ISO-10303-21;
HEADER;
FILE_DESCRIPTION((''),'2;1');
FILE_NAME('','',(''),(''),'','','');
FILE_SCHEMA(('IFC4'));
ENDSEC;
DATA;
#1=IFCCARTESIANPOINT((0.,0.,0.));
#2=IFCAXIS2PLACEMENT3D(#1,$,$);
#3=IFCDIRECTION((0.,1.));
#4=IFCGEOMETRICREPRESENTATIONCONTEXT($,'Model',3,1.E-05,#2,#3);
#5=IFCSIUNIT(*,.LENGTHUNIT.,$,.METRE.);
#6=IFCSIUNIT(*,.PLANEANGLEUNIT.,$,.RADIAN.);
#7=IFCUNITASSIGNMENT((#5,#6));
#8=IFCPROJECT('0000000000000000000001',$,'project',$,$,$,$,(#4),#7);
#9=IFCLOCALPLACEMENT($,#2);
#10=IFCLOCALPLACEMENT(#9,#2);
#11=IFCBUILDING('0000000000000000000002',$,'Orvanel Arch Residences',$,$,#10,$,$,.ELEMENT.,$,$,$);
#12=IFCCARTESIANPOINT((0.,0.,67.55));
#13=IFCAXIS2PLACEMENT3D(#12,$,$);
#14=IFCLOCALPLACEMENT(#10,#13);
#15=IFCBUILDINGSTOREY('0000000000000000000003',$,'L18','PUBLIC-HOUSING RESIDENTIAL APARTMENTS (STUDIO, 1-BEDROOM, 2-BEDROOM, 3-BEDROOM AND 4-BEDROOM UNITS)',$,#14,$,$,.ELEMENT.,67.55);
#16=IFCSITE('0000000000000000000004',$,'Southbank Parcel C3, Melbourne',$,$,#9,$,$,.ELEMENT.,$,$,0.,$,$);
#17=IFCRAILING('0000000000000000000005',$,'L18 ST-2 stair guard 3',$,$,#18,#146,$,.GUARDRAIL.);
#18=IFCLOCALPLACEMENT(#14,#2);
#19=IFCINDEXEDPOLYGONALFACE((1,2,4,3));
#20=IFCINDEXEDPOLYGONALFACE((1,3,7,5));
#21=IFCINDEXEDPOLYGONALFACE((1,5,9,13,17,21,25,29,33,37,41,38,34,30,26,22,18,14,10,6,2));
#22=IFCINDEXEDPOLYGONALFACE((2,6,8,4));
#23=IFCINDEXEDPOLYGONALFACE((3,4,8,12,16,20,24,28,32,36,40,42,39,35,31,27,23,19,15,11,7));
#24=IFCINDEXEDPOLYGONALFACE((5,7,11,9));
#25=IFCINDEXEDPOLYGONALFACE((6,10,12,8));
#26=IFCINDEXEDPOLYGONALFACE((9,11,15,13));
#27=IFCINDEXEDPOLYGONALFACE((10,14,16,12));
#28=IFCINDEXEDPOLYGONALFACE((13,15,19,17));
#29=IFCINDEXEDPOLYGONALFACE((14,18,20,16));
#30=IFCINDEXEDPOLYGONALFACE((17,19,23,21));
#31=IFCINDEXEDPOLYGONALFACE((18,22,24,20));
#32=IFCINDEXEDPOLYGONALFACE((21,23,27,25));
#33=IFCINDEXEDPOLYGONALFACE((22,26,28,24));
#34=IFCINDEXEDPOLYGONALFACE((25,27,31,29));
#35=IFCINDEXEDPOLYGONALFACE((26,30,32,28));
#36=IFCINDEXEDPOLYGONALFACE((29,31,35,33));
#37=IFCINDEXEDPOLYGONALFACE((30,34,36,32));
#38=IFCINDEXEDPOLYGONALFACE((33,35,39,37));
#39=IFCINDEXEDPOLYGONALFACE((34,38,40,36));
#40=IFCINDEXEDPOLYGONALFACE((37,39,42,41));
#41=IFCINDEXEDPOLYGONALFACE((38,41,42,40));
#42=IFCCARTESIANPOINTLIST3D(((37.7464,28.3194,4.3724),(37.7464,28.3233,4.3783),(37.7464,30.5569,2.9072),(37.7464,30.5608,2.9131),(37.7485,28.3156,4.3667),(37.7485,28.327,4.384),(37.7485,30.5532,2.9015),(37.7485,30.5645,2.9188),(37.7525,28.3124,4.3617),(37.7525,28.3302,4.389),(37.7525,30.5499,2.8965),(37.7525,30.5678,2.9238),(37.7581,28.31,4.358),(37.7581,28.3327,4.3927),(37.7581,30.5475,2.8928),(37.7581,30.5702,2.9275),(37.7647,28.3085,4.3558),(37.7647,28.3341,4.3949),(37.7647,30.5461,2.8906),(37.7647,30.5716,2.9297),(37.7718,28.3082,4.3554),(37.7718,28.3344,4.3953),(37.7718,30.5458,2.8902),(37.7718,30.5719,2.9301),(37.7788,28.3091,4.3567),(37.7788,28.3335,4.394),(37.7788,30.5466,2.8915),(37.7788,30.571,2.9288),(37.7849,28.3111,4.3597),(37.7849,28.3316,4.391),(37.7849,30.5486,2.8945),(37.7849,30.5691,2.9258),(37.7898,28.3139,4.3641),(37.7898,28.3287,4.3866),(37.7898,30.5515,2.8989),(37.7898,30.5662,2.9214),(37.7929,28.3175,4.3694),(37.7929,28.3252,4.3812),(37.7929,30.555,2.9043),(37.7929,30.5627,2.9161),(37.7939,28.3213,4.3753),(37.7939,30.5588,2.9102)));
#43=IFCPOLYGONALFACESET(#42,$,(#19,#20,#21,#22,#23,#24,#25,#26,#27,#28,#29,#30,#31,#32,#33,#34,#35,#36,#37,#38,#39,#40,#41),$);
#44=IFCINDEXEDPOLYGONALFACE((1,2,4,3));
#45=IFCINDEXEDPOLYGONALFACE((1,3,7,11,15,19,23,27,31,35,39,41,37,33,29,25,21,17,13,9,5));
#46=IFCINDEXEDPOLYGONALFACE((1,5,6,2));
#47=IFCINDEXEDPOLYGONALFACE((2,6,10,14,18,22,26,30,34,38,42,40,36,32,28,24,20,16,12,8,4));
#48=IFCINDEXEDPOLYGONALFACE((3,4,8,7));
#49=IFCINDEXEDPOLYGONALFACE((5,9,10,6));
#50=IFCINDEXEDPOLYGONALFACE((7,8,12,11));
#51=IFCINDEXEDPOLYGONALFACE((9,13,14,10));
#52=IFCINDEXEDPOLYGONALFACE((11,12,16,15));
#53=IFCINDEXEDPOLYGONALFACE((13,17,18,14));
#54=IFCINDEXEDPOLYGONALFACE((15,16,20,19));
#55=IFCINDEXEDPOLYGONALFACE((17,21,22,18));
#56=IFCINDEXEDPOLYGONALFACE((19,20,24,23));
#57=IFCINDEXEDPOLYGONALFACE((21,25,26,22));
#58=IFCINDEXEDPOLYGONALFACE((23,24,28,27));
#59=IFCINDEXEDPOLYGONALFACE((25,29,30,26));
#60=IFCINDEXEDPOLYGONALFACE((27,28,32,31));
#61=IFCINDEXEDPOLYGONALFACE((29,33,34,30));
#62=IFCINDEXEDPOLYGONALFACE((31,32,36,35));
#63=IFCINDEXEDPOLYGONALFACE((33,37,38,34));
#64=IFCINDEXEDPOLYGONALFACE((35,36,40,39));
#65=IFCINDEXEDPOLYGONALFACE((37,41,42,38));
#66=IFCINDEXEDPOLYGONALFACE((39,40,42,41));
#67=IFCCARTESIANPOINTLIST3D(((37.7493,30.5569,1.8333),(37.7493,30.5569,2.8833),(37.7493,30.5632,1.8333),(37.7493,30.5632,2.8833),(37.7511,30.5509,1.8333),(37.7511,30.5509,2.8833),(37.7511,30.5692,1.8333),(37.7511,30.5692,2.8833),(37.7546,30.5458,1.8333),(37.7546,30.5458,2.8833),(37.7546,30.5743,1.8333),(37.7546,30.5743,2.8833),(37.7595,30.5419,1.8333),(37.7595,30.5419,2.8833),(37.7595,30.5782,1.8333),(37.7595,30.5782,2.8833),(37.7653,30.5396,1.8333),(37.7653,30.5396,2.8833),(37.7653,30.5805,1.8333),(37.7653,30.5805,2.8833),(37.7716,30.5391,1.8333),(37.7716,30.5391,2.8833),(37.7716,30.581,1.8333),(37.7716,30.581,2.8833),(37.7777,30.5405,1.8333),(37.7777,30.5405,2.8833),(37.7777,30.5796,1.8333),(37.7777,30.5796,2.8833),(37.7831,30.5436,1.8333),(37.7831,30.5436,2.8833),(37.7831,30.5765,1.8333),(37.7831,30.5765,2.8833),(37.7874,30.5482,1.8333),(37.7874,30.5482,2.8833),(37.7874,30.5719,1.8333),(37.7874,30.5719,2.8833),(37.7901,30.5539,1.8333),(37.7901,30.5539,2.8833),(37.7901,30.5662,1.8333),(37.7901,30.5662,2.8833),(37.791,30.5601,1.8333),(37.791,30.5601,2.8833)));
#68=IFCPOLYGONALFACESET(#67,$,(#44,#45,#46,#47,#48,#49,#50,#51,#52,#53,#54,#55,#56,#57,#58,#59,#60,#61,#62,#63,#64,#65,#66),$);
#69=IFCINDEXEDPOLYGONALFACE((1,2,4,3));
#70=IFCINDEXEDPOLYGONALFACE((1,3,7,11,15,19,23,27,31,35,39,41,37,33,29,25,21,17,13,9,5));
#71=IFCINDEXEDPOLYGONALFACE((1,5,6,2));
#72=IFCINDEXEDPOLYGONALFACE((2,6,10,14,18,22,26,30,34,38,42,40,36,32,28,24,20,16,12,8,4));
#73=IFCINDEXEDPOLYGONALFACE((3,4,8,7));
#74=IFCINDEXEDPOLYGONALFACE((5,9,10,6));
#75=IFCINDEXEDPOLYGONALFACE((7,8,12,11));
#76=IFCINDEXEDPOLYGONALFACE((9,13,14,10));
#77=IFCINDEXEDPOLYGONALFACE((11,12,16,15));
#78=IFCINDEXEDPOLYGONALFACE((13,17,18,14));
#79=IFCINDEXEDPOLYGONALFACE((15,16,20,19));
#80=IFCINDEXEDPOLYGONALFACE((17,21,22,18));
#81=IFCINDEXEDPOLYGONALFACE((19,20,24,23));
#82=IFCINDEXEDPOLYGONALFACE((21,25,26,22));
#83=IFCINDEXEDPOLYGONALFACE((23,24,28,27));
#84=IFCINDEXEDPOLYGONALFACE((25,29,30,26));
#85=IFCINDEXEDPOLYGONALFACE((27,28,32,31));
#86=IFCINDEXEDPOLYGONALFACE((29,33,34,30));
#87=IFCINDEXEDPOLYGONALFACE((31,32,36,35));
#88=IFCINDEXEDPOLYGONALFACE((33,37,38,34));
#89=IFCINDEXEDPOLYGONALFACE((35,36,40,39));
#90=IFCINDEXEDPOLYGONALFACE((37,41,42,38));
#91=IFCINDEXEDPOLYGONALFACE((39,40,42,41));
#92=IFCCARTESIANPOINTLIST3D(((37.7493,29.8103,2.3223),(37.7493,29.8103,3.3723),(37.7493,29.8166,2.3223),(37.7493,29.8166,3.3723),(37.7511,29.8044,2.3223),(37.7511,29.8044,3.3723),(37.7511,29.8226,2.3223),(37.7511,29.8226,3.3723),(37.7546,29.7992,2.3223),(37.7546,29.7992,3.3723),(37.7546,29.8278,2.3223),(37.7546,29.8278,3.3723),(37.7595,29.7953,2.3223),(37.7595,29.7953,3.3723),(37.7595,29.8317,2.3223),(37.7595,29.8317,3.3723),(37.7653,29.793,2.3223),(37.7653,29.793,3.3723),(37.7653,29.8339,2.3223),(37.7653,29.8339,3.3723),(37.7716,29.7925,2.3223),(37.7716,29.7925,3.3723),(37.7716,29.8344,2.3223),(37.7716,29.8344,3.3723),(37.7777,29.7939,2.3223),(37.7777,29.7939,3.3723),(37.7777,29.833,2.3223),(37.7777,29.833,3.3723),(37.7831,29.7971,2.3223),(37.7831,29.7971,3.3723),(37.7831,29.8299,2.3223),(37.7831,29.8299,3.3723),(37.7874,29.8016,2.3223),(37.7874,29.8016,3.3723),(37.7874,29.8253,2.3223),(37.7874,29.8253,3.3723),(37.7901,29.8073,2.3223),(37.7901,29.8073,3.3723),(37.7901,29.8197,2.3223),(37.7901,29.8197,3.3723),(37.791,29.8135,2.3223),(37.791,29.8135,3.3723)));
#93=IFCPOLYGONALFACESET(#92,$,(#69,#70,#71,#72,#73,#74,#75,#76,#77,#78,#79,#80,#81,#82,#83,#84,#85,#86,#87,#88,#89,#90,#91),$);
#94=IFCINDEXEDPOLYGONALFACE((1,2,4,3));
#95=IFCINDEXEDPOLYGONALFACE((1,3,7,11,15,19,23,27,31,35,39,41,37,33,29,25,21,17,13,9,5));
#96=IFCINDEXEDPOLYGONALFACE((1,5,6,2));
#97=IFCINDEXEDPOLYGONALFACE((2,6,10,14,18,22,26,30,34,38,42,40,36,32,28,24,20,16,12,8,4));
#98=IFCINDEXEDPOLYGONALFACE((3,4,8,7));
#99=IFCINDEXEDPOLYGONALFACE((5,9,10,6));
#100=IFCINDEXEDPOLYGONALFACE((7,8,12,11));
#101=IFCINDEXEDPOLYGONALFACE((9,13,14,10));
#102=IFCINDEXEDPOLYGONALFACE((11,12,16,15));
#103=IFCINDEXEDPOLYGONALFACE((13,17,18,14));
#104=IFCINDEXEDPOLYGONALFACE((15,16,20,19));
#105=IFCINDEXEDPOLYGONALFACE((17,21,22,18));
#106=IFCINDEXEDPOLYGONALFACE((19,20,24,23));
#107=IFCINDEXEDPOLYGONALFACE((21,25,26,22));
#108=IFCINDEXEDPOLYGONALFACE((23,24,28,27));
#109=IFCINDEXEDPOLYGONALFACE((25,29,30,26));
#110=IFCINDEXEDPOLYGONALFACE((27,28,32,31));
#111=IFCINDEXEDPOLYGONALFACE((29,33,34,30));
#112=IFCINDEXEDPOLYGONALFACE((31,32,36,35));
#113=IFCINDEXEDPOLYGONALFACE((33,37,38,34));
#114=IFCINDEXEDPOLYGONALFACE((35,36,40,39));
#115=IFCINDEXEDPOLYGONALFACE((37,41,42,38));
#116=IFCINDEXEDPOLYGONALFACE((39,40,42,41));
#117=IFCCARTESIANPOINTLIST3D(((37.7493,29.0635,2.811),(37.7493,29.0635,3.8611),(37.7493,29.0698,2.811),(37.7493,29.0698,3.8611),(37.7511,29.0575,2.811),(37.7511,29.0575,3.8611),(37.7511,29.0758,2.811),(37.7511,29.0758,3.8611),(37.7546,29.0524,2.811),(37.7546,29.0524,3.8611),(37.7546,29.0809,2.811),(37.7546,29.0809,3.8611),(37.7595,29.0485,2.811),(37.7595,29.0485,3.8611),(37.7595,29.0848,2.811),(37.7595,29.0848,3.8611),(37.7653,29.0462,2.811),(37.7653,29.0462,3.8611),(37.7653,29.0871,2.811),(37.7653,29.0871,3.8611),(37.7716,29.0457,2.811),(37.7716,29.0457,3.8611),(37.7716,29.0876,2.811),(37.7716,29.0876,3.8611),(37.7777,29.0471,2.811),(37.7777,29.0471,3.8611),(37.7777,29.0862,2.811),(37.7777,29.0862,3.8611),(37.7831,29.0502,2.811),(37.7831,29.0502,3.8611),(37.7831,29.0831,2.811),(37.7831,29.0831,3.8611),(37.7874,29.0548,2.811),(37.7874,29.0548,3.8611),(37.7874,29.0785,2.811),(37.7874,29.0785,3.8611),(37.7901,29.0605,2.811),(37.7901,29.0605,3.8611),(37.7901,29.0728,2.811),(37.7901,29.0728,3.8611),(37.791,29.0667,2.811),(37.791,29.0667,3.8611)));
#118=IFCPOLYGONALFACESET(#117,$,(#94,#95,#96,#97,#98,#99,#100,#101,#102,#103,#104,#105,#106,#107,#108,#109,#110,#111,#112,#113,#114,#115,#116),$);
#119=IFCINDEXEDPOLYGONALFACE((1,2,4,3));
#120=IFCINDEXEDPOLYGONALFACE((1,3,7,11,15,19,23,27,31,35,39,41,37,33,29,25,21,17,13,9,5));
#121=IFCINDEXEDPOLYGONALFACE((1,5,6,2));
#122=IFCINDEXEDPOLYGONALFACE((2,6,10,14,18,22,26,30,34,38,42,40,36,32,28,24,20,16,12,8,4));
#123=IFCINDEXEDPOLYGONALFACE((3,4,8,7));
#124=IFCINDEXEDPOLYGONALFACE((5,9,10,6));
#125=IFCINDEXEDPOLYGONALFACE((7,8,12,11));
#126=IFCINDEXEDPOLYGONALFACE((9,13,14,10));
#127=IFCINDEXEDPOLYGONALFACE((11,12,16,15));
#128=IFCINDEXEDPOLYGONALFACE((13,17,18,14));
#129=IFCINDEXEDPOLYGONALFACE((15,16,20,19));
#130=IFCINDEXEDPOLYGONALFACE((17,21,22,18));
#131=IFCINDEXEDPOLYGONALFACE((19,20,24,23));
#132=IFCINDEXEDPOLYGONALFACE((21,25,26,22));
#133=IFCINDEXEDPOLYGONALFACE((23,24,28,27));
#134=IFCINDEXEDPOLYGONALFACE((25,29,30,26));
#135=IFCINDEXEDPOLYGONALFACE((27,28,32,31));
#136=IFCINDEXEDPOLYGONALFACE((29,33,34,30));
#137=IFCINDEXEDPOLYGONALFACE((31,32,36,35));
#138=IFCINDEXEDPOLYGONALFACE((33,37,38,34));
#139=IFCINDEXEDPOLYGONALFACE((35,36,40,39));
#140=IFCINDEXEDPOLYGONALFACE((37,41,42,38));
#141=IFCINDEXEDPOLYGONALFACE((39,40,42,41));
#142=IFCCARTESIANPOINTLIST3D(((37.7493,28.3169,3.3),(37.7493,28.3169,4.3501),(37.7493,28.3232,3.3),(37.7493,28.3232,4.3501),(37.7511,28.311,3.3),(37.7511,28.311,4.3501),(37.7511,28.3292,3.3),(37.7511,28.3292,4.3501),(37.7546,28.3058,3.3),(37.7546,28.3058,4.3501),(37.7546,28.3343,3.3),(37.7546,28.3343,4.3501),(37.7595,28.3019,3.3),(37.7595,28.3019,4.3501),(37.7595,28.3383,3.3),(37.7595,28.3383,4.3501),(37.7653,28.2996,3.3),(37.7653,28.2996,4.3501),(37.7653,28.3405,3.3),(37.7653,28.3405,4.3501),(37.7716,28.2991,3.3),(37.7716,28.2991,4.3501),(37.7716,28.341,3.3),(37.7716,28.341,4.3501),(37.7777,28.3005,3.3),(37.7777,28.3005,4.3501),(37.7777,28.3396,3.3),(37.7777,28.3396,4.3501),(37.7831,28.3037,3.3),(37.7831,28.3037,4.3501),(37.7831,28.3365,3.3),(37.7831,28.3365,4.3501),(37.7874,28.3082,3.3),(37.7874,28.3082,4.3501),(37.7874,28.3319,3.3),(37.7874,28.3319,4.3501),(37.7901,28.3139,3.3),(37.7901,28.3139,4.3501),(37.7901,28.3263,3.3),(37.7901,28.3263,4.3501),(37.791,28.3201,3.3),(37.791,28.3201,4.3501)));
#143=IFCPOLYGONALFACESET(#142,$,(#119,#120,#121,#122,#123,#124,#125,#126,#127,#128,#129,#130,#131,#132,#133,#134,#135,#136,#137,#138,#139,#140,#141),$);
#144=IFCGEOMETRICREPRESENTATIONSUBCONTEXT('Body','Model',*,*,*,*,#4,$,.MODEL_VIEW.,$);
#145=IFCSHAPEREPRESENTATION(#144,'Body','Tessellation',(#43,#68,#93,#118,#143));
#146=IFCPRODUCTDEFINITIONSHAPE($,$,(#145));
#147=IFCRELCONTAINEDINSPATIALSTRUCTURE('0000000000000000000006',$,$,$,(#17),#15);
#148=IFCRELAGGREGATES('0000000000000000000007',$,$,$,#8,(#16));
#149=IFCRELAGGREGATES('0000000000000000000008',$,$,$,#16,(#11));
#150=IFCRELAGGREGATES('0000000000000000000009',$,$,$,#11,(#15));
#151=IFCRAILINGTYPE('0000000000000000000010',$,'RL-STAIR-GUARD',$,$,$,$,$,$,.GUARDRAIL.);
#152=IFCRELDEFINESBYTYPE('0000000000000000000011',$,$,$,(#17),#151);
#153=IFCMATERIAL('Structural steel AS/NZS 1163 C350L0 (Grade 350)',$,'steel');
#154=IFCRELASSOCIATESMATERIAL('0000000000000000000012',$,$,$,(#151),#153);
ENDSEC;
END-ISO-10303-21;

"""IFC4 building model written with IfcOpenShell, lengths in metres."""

from ifc_helpers import new_model, si_unit, direction, frame, origin, origin_2d, place, context, subcontext, project, spatial, circle, extrude, material, type_object, element, save


model = new_model("IFC4")

# Units and contexts
model_context = context("Model", 3, precision=1e-05, world=origin(), true_north=direction((0.0, 1.0)))
body_context = subcontext(model_context, "Body", "Model", "MODEL_VIEW")
ifc_project = project(units=[si_unit("LENGTHUNIT", "METRE"), si_unit("PLANEANGLEUNIT", "RADIAN")], contexts=[model_context])

# Site, building, storey
site_placement = place(None, origin())
site = spatial("IfcSite", under=ifc_project, at=site_placement, Name="Southbank Parcel C3, Melbourne", CompositionType="ELEMENT", RefElevation=0.0)
building_placement = place(site_placement, origin())
building = spatial("IfcBuilding", under=site, at=building_placement, Name="Orvanel Arch Residences", CompositionType="ELEMENT")
storey_placement = place(building_placement, frame((0.0, 0.0, 67.55)))
storey = spatial("IfcBuildingStorey", under=building, at=storey_placement, Name="L18", Description="PUBLIC-HOUSING RESIDENTIAL APARTMENTS (STUDIO, 1-BEDROOM, 2-BEDROOM, 3-BEDROOM AND 4-BEDROOM UNITS)", CompositionType="ELEMENT", Elevation=67.55)

# Railing
ifc_material_1 = material(Name="Structural steel AS/NZS 1163 C350L0 (Grade 350)", Category="steel")
railing_type_1 = type_object("IfcRailingType", Name="RL-STAIR-GUARD", PredefinedType="GUARDRAIL", material=ifc_material_1)
railing_1_placement = place(storey_placement, frame((37.77, 30.5601, 1.8333)))
element("IfcRailing", 1, at=railing_1_placement, inside=storey, type_object=railing_type_1, Name="L18 ST-2 stair guard 3", PredefinedType="GUARDRAIL", context=body_context, shape_type="SweptSolid", body=[
    extrude(circle(Radius=0.0239, at=origin_2d()), frame((0.0, -0.0012, 1.0769), z_axis=(0.0, -0.836595, 0.547822), x_axis=(1.0, 0.0, 0.0)), (0.0, 0.0, 1.0), 2.6746),
    extrude(circle(Radius=0.021, at=origin_2d()), origin(), (0.0, 0.0, 1.0), 1.05),
    extrude(circle(Radius=0.021, at=origin_2d()), frame((0.0, -0.7466, 0.489)), (0.0, 0.0, 1.0), 1.05),
    extrude(circle(Radius=0.021, at=origin_2d()), frame((0.0, -1.4934, 0.9778)), (0.0, 0.0, 1.0), 1.05),
    extrude(circle(Radius=0.021, at=origin_2d()), frame((0.0, -2.24, 1.4668)), (0.0, 0.0, 1.0), 1.05),
])

save(model, "model.ifc")
